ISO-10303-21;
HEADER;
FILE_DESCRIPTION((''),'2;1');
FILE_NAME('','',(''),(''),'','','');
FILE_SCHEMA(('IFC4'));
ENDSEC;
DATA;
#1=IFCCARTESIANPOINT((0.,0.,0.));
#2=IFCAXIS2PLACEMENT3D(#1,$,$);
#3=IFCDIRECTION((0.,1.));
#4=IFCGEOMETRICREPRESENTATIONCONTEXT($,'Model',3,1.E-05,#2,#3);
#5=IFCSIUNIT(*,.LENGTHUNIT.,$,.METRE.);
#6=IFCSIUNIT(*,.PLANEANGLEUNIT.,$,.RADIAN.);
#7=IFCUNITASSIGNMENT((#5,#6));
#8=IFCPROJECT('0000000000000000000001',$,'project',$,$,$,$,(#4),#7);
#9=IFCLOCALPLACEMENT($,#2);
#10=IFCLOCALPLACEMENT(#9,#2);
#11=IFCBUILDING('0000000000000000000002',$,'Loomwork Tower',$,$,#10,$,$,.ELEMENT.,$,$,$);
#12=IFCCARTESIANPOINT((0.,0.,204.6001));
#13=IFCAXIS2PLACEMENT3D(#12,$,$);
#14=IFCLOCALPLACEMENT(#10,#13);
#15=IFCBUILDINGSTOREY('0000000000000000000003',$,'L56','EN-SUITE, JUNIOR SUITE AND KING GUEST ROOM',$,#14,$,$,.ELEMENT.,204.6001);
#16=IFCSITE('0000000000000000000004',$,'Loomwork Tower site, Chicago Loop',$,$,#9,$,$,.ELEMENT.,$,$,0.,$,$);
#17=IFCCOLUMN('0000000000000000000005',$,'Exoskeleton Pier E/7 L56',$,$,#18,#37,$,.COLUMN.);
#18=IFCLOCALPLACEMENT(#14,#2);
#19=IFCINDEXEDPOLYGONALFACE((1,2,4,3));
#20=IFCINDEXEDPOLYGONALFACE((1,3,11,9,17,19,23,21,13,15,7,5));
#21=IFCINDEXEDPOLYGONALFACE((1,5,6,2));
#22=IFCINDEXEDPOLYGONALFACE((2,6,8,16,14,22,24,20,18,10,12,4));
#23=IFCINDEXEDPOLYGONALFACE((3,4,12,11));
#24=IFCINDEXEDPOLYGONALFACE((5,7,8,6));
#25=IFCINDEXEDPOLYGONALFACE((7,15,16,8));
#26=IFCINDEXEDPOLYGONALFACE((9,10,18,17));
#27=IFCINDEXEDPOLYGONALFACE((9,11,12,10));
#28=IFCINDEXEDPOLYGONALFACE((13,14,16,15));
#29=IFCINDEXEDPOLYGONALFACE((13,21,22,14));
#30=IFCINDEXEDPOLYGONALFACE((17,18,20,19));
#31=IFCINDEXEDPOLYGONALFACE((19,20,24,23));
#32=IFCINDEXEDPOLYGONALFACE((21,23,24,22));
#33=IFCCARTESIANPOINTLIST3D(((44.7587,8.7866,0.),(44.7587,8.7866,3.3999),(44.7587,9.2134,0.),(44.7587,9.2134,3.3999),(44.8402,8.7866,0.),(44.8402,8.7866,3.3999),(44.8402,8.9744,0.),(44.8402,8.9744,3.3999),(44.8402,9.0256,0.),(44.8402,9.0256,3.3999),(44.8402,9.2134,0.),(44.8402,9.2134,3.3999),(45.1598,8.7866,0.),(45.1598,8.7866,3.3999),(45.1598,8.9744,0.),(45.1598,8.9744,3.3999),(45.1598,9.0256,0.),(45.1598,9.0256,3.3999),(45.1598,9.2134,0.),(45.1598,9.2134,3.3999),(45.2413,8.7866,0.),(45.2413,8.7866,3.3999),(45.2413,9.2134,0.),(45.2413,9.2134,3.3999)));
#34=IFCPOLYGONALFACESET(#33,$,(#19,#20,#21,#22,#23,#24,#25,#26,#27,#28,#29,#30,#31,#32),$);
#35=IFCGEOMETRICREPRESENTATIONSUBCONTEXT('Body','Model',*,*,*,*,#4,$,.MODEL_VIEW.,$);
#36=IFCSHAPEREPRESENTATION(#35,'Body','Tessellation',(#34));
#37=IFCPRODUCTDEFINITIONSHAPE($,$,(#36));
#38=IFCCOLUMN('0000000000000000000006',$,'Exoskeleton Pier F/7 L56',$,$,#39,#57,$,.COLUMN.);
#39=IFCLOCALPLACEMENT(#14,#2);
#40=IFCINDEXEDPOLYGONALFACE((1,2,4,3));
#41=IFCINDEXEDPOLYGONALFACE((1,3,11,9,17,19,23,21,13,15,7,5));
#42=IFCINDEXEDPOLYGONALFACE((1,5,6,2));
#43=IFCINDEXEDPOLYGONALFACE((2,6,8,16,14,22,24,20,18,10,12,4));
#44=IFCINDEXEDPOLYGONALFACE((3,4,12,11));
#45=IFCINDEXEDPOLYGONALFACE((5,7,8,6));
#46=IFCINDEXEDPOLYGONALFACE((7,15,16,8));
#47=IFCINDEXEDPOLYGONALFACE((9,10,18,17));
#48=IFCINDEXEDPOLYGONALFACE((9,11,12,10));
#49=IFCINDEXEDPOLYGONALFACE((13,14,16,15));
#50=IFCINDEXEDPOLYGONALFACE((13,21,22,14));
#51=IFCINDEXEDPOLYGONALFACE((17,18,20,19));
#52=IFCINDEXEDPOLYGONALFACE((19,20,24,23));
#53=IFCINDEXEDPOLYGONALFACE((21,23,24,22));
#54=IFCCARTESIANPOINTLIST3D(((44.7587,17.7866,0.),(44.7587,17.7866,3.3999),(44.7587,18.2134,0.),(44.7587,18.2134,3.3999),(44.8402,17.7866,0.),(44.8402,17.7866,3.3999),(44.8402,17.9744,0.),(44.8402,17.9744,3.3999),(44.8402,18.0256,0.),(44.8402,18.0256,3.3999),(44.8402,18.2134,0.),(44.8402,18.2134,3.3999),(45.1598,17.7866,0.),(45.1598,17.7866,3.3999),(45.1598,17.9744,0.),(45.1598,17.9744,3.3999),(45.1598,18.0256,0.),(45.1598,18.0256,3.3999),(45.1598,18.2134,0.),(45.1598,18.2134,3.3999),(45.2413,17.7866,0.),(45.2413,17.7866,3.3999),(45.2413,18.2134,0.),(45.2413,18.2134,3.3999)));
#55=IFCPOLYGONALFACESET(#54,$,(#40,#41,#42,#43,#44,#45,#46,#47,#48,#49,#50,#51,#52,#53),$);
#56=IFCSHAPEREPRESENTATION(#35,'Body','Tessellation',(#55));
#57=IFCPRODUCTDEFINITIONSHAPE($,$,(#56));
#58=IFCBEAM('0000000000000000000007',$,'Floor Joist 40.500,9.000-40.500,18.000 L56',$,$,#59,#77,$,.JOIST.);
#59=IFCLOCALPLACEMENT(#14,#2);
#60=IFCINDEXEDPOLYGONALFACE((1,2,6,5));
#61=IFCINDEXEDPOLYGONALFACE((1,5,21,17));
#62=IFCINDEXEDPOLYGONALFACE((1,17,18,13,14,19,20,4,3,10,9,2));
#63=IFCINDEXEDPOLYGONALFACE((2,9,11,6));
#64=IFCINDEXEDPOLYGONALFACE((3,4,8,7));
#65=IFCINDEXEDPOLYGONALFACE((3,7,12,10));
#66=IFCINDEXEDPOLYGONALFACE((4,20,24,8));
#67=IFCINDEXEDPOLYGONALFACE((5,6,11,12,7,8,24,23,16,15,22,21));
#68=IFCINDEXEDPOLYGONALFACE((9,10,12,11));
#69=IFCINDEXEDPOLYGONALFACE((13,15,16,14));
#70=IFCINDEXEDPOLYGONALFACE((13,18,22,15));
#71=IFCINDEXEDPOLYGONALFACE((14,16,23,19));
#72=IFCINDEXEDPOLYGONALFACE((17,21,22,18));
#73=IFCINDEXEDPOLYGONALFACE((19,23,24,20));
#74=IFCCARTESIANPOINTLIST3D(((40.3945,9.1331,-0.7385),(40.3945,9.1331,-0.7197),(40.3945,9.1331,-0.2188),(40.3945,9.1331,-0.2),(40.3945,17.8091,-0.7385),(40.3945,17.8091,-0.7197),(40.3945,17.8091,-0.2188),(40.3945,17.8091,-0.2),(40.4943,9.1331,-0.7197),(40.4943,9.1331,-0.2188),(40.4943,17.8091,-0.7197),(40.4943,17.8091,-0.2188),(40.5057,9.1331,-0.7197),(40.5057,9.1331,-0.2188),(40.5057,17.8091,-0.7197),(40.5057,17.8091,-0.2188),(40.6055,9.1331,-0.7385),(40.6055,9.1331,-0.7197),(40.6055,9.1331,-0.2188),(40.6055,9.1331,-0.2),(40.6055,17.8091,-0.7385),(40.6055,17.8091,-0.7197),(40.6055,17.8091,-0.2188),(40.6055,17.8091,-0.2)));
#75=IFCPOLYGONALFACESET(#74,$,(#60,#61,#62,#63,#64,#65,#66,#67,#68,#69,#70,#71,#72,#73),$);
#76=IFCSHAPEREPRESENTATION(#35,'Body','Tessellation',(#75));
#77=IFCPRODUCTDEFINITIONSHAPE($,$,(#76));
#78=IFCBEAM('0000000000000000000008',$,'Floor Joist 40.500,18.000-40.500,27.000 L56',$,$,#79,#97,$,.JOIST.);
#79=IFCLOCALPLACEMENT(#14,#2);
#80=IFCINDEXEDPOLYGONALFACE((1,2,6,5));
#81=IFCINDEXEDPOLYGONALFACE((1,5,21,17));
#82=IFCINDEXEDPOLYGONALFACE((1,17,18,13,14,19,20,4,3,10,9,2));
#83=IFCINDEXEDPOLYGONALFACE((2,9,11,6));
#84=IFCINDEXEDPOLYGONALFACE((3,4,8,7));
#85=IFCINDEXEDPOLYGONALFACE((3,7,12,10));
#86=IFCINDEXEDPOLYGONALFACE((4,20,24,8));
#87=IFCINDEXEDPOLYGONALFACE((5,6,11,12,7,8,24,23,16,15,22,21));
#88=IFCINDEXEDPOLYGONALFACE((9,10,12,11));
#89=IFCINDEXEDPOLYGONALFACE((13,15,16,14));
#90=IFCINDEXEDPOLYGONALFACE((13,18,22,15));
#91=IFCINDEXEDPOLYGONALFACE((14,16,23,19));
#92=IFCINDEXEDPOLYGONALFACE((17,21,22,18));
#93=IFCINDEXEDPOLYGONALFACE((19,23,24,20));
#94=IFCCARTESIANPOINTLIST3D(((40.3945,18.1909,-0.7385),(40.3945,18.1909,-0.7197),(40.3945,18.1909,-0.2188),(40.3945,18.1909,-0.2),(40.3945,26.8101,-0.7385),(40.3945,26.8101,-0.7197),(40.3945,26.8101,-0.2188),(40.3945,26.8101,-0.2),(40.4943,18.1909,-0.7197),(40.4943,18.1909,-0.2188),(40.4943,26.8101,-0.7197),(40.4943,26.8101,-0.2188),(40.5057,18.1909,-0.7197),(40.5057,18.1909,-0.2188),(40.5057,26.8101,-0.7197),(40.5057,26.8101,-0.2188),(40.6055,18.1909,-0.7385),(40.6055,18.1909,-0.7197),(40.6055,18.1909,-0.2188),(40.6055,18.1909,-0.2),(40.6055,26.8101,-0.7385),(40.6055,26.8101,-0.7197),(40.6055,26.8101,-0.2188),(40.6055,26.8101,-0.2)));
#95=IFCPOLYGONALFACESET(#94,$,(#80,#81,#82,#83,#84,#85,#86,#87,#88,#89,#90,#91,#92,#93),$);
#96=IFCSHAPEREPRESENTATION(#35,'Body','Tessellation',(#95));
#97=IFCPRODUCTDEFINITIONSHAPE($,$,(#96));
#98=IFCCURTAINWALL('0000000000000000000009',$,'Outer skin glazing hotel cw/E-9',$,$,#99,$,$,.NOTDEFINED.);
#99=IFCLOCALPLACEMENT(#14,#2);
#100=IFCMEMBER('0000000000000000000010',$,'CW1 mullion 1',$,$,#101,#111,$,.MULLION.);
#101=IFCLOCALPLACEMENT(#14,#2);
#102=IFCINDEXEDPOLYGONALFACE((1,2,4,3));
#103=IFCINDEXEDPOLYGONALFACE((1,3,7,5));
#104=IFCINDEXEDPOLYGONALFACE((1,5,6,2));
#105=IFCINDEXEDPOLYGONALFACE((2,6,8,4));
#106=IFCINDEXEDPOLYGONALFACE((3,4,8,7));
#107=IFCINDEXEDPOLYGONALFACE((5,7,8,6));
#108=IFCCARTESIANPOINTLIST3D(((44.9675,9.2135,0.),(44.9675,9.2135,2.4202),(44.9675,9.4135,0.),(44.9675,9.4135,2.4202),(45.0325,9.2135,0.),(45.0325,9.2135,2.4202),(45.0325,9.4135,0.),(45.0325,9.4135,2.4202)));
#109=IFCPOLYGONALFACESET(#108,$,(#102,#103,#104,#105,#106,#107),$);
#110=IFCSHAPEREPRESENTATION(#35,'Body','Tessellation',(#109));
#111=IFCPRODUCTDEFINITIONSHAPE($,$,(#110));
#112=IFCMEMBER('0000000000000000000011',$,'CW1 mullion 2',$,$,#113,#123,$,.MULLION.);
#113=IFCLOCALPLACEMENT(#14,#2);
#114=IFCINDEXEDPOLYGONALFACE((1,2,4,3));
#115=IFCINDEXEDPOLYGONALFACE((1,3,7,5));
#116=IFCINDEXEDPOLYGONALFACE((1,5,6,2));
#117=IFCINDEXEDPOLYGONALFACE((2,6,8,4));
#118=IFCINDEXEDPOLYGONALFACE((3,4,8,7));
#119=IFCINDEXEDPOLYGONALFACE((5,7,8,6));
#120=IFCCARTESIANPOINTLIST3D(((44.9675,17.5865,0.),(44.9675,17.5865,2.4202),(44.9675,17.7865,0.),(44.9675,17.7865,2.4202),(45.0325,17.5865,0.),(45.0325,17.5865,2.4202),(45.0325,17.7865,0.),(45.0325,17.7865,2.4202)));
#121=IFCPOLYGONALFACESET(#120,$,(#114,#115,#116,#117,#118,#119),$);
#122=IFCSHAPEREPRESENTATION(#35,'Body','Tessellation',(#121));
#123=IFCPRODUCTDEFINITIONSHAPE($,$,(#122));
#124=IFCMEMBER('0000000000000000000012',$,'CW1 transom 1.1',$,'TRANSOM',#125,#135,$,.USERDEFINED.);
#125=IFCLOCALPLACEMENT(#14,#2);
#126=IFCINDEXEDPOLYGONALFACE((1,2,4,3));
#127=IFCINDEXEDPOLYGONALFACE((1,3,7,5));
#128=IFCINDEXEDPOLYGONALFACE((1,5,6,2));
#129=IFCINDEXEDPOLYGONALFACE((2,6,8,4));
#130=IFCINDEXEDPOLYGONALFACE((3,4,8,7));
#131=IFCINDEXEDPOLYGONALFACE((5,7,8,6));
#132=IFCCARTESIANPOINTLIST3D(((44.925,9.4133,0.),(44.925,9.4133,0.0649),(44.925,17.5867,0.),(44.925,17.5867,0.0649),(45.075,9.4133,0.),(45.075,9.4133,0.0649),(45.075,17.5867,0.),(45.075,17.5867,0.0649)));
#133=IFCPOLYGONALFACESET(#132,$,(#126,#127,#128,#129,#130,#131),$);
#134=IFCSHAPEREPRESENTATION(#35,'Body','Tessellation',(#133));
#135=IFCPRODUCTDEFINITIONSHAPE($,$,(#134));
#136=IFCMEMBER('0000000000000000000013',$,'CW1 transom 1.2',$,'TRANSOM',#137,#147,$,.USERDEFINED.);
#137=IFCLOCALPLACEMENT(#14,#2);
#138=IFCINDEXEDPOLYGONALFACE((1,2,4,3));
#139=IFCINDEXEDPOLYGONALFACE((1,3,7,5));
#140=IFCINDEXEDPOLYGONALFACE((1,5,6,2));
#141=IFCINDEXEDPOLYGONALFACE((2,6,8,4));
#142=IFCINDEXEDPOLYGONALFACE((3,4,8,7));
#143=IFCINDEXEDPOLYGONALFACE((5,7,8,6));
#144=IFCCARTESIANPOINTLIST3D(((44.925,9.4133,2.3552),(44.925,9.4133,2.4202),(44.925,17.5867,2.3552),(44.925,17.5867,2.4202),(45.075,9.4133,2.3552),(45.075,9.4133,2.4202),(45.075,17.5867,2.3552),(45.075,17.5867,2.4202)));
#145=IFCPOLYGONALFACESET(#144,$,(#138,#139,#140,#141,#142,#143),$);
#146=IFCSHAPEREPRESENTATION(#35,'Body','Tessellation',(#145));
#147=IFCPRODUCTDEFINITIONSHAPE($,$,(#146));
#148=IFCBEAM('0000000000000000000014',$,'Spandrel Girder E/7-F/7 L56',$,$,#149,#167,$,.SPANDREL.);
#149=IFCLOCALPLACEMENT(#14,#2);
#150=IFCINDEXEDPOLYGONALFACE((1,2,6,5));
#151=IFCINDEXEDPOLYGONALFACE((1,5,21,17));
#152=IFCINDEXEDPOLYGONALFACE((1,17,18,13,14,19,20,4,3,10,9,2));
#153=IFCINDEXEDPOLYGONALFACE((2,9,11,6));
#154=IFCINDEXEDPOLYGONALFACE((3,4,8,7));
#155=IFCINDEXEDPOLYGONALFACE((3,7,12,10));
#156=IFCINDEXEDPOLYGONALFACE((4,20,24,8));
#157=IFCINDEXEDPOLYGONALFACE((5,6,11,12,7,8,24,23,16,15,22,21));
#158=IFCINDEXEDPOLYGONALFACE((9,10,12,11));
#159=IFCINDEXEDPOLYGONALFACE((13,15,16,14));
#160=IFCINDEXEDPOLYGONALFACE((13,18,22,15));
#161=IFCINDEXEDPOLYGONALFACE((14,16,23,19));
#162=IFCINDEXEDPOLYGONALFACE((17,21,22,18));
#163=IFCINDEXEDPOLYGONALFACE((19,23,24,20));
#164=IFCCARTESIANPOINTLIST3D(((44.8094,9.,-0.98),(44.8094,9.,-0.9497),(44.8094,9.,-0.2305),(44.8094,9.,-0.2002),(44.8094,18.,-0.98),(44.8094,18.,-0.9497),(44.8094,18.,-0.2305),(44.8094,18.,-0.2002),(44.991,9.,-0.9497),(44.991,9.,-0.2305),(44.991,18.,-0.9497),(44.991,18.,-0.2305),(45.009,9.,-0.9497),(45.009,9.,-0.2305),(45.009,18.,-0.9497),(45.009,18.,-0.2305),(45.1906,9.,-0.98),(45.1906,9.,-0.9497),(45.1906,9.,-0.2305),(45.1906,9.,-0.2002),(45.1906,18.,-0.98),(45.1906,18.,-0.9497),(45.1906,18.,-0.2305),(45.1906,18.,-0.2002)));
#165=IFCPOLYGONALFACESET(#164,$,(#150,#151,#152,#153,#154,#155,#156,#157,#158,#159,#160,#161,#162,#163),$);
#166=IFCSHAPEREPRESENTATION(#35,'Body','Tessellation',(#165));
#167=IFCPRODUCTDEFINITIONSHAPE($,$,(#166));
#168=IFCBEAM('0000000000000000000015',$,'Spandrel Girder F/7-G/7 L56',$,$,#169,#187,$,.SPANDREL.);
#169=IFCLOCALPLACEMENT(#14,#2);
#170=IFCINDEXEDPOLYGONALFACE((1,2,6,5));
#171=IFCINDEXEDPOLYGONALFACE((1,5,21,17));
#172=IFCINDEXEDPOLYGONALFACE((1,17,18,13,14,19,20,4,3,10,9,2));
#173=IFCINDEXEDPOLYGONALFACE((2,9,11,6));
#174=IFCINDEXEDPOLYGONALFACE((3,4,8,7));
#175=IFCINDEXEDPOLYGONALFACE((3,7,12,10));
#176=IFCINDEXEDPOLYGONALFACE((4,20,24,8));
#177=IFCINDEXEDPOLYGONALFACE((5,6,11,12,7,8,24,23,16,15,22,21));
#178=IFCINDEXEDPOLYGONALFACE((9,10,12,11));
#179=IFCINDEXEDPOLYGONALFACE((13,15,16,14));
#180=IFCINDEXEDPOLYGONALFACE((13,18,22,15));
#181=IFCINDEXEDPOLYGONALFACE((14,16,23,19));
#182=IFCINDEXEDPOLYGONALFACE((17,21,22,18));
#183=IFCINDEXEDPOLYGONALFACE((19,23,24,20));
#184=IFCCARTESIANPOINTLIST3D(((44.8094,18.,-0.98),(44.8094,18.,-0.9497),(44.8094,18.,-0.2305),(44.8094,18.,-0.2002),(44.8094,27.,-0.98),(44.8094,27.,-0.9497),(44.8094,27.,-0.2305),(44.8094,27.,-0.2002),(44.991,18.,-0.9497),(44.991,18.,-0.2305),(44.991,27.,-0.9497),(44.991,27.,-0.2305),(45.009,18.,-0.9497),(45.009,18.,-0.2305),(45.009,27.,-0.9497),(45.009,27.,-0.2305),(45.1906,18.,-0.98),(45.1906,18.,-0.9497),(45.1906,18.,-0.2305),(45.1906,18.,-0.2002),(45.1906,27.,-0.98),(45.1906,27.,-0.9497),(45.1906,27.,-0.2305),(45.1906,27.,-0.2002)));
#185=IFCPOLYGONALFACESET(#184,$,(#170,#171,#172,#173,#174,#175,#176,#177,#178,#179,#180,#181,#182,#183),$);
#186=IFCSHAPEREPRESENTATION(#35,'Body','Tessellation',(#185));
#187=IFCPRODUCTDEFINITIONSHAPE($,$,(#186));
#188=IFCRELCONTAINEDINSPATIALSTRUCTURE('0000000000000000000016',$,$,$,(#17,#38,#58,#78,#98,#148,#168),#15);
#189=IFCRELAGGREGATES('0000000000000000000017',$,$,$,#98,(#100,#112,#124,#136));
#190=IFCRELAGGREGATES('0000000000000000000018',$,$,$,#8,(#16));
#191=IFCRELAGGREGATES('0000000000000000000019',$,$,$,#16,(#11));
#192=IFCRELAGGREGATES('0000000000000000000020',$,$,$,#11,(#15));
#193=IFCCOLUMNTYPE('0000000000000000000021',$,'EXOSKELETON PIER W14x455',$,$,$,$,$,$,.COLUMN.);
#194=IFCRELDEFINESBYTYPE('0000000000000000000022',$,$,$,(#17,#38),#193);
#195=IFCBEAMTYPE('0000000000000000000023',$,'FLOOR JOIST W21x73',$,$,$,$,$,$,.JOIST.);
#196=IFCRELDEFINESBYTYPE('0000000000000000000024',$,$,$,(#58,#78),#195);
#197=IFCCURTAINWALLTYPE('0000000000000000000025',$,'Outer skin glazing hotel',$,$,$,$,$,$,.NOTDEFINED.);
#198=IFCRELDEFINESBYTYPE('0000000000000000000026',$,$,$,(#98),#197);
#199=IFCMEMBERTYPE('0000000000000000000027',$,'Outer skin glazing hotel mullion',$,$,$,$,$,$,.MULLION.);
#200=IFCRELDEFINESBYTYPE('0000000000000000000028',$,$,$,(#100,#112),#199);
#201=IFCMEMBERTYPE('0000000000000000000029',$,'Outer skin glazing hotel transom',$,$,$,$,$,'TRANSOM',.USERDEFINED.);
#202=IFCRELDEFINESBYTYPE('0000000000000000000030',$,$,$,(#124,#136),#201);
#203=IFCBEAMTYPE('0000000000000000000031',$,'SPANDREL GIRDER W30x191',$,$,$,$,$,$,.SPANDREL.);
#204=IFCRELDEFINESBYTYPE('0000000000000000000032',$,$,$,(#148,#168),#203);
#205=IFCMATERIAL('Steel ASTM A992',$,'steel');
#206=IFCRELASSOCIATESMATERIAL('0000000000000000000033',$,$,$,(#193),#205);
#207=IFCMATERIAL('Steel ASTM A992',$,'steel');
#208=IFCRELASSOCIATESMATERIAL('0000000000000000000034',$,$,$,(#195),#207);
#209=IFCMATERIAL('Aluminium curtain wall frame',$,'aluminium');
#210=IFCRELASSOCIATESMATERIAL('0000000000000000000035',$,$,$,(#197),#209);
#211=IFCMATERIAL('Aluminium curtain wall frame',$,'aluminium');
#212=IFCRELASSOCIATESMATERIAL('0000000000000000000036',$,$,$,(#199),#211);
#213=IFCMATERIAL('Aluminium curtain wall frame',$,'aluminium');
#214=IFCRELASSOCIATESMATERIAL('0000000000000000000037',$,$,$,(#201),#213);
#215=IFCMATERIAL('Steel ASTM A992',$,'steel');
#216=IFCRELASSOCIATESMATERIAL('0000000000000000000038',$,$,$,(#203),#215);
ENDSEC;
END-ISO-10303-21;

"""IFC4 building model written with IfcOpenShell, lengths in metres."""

from ifc_helpers import new_model, si_unit, direction, frame, origin, origin_2d, place, context, subcontext, project, spatial, rectangle, i_section, extrude, material, material_profile, profile_set, type_object, element, aggregate, save


model = new_model("IFC4")

# Units and contexts
model_context = context("Model", 3, precision=1e-05, world=origin(), true_north=direction((0.0, 1.0)))
body_context = subcontext(model_context, "Body", "Model", "MODEL_VIEW")
ifc_project = project(units=[si_unit("LENGTHUNIT", "METRE"), si_unit("PLANEANGLEUNIT", "RADIAN")], contexts=[model_context])

# Site, building, storey
site_placement = place(None, origin())
site = spatial("IfcSite", under=ifc_project, at=site_placement, Name="Loomwork Tower site, Chicago Loop", CompositionType="ELEMENT", RefElevation=0.0)
building_placement = place(site_placement, origin())
building = spatial("IfcBuilding", under=site, at=building_placement, Name="Loomwork Tower", CompositionType="ELEMENT")
storey_placement = place(building_placement, frame((0.0, 0.0, 204.6001)))
storey = spatial("IfcBuildingStorey", under=building, at=storey_placement, Name="L56", Description="EN-SUITE, JUNIOR SUITE AND KING GUEST ROOM", CompositionType="ELEMENT", Elevation=204.6001)

# Columns
ifc_material_1 = material(Name="Steel ASTM A992", Category="steel")
ifc_material_profile_1 = material_profile(ifc_material_1, i_section(OverallWidth=0.4268, OverallDepth=0.4827, WebThickness=0.0513, FlangeThickness=0.0815, at=origin_2d()), Name="W14x455")
ifc_profile_set_1 = profile_set([ifc_material_profile_1], Name="Steel ASTM A992")
column_type = type_object("IfcColumnType", Name="EXOSKELETON PIER W14x455", PredefinedType="COLUMN", material=ifc_profile_set_1)
for number, where, z_axis, x_axis, name in (
    (1, (45.0, 9.0, 0.0), (0.0, 0.0, 1.0), (0.0, 1.0, 0.0), "Exoskeleton Pier E/7 L56"),
    (2, (45.0, 18.0, 0.0), (0.0, 0.0, 1.0), (0.0, 1.0, 0.0), "Exoskeleton Pier F/7 L56"),
):
    element("IfcColumn", number, at=place(storey_placement, frame(where, z_axis=z_axis, x_axis=x_axis)), inside=storey, type_object=column_type, Name=name, PredefinedType="COLUMN", context=body_context, shape_type="SweptSolid", body=[
        extrude(i_section(OverallWidth=0.4268, OverallDepth=0.4827, WebThickness=0.0513, FlangeThickness=0.0815, at=origin_2d()), origin(), (0.0, 0.0, 1.0), 3.3999),
    ])

# Beams
ifc_material_2 = material(Name="Steel ASTM A992", Category="steel")
ifc_material_profile_2 = material_profile(ifc_material_2, i_section(OverallWidth=0.2109, OverallDepth=0.5386, WebThickness=0.0115, FlangeThickness=0.0188, at=origin_2d()), Name="W21x73")
ifc_profile_set_2 = profile_set([ifc_material_profile_2], Name="Steel ASTM A992")
beam_type_1 = type_object("IfcBeamType", Name="FLOOR JOIST W21x73", PredefinedType="JOIST", material=ifc_profile_set_2)
beam_1_placement = place(storey_placement, frame((40.5, 9.1331, -0.4692), z_axis=(0.0, 1.0, 0.0), x_axis=(-1.0, 0.0, 0.0)))
element("IfcBeam", 3, at=beam_1_placement, inside=storey, type_object=beam_type_1, Name="Floor Joist 40.500,9.000-40.500,18.000 L56", PredefinedType="JOIST", context=body_context, shape_type="SweptSolid", body=[
    extrude(i_section(OverallWidth=0.2109, OverallDepth=0.5386, WebThickness=0.0115, FlangeThickness=0.0188, at=origin_2d()), origin(), (0.0, 0.0, 1.0), 8.676),
])
beam_2_placement = place(storey_placement, frame((40.5, 18.1909, -0.4692), z_axis=(0.0, 1.0, 0.0), x_axis=(-1.0, 0.0, 0.0)))
element("IfcBeam", 4, at=beam_2_placement, inside=storey, type_object=beam_type_1, Name="Floor Joist 40.500,18.000-40.500,27.000 L56", PredefinedType="JOIST", context=body_context, shape_type="SweptSolid", body=[
    extrude(i_section(OverallWidth=0.2109, OverallDepth=0.5386, WebThickness=0.0115, FlangeThickness=0.0188, at=origin_2d()), origin(), (0.0, 0.0, 1.0), 8.6191),
])

# Curtain wall, members
ifc_material_3 = material(Name="Aluminium curtain wall frame", Category="aluminium")
curtain_wall_type = type_object("IfcCurtainWallType", Name="Outer skin glazing hotel", PredefinedType="NOTDEFINED", material=ifc_material_3)
curtain_wall_placement = place(storey_placement, origin())
curtain_wall = element("IfcCurtainWall", 5, at=curtain_wall_placement, inside=storey, type_object=curtain_wall_type, Name="Outer skin glazing hotel cw/E-9", PredefinedType="NOTDEFINED")
ifc_material_4 = material(Name="Aluminium curtain wall frame", Category="aluminium")
ifc_material_profile_3 = material_profile(ifc_material_4, rectangle(XDim=0.0649, YDim=0.2, at=origin_2d()), Name="AL 65x200")
ifc_profile_set_3 = profile_set([ifc_material_profile_3], Name="Aluminium curtain wall frame")
member_type_1 = type_object("IfcMemberType", Name="Outer skin glazing hotel mullion", PredefinedType="MULLION", material=ifc_profile_set_3)
member_1_placement = place(storey_placement, frame((45.0, 9.3135, 0.0), z_axis=(0.0, 0.0, 1.0), x_axis=(-1.0, 0.0, 0.0)))
member_1 = element("IfcMember", 6, at=member_1_placement, type_object=member_type_1, Name="CW1 mullion 1", PredefinedType="MULLION", context=body_context, shape_type="SweptSolid", body=[
    extrude(rectangle(XDim=0.0649, YDim=0.2, at=origin_2d()), origin(), (0.0, 0.0, 1.0), 2.4202),
])
member_2_placement = place(storey_placement, frame((45.0, 17.6865, 0.0), z_axis=(0.0, 0.0, 1.0), x_axis=(-1.0, 0.0, 0.0)))
member_2 = element("IfcMember", 7, at=member_2_placement, type_object=member_type_1, Name="CW1 mullion 2", PredefinedType="MULLION", context=body_context, shape_type="SweptSolid", body=[
    extrude(rectangle(XDim=0.0649, YDim=0.2, at=origin_2d()), origin(), (0.0, 0.0, 1.0), 2.4202),
])
ifc_material_5 = material(Name="Aluminium curtain wall frame", Category="aluminium")
ifc_material_profile_4 = material_profile(ifc_material_5, rectangle(XDim=0.1499, YDim=0.0649, at=origin_2d()), Name="AL 65x150")
ifc_profile_set_4 = profile_set([ifc_material_profile_4], Name="Aluminium curtain wall frame")
member_type_2 = type_object("IfcMemberType", Name="Outer skin glazing hotel transom", ElementType="TRANSOM", PredefinedType="USERDEFINED", material=ifc_profile_set_4)
member_3_placement = place(storey_placement, frame((45.0, 9.4133, 0.0325), z_axis=(0.0, 1.0, 0.0), x_axis=(-1.0, 0.0, 0.0)))
member_3 = element("IfcMember", 8, at=member_3_placement, type_object=member_type_2, Name="CW1 transom 1.1", ObjectType="TRANSOM", PredefinedType="USERDEFINED", context=body_context, shape_type="SweptSolid", body=[
    extrude(rectangle(XDim=0.1499, YDim=0.0649, at=origin_2d()), origin(), (0.0, 0.0, 1.0), 8.1733),
])
member_4_placement = place(storey_placement, frame((45.0, 9.4133, 2.3877), z_axis=(0.0, 1.0, 0.0), x_axis=(-1.0, 0.0, 0.0)))
member_4 = element("IfcMember", 9, at=member_4_placement, type_object=member_type_2, Name="CW1 transom 1.2", ObjectType="TRANSOM", PredefinedType="USERDEFINED", context=body_context, shape_type="SweptSolid", body=[
    extrude(rectangle(XDim=0.1499, YDim=0.0649, at=origin_2d()), origin(), (0.0, 0.0, 1.0), 8.1733),
])

# Beams
ifc_material_6 = material(Name="Steel ASTM A992", Category="steel")
ifc_material_profile_5 = material_profile(ifc_material_6, i_section(OverallWidth=0.3811, OverallDepth=0.7798, WebThickness=0.0181, FlangeThickness=0.0303, at=origin_2d()), Name="W30x191")
ifc_profile_set_5 = profile_set([ifc_material_profile_5], Name="Steel ASTM A992")
beam_type_2 = type_object("IfcBeamType", Name="SPANDREL GIRDER W30x191", PredefinedType="SPANDREL", material=ifc_profile_set_5)
for number, where, z_axis, x_axis, name in (
    (10, (45.0, 9.0, -0.5901), (0.0, 1.0, 0.0), (-1.0, 0.0, 0.0), "Spandrel Girder E/7-F/7 L56"),
    (11, (45.0, 18.0, -0.5901), (0.0, 1.0, 0.0), (-1.0, 0.0, 0.0), "Spandrel Girder F/7-G/7 L56"),
):
    element("IfcBeam", number, at=place(storey_placement, frame(where, z_axis=z_axis, x_axis=x_axis)), inside=storey, type_object=beam_type_2, Name=name, PredefinedType="SPANDREL", context=body_context, shape_type="SweptSolid", body=[
        extrude(i_section(OverallWidth=0.3811, OverallDepth=0.7798, WebThickness=0.0181, FlangeThickness=0.0303, at=origin_2d()), origin(), (0.0, 0.0, 1.0), 9.0),
    ])

aggregate(curtain_wall, [member_1, member_2, member_3, member_4])

save(model, "model.ifc")
